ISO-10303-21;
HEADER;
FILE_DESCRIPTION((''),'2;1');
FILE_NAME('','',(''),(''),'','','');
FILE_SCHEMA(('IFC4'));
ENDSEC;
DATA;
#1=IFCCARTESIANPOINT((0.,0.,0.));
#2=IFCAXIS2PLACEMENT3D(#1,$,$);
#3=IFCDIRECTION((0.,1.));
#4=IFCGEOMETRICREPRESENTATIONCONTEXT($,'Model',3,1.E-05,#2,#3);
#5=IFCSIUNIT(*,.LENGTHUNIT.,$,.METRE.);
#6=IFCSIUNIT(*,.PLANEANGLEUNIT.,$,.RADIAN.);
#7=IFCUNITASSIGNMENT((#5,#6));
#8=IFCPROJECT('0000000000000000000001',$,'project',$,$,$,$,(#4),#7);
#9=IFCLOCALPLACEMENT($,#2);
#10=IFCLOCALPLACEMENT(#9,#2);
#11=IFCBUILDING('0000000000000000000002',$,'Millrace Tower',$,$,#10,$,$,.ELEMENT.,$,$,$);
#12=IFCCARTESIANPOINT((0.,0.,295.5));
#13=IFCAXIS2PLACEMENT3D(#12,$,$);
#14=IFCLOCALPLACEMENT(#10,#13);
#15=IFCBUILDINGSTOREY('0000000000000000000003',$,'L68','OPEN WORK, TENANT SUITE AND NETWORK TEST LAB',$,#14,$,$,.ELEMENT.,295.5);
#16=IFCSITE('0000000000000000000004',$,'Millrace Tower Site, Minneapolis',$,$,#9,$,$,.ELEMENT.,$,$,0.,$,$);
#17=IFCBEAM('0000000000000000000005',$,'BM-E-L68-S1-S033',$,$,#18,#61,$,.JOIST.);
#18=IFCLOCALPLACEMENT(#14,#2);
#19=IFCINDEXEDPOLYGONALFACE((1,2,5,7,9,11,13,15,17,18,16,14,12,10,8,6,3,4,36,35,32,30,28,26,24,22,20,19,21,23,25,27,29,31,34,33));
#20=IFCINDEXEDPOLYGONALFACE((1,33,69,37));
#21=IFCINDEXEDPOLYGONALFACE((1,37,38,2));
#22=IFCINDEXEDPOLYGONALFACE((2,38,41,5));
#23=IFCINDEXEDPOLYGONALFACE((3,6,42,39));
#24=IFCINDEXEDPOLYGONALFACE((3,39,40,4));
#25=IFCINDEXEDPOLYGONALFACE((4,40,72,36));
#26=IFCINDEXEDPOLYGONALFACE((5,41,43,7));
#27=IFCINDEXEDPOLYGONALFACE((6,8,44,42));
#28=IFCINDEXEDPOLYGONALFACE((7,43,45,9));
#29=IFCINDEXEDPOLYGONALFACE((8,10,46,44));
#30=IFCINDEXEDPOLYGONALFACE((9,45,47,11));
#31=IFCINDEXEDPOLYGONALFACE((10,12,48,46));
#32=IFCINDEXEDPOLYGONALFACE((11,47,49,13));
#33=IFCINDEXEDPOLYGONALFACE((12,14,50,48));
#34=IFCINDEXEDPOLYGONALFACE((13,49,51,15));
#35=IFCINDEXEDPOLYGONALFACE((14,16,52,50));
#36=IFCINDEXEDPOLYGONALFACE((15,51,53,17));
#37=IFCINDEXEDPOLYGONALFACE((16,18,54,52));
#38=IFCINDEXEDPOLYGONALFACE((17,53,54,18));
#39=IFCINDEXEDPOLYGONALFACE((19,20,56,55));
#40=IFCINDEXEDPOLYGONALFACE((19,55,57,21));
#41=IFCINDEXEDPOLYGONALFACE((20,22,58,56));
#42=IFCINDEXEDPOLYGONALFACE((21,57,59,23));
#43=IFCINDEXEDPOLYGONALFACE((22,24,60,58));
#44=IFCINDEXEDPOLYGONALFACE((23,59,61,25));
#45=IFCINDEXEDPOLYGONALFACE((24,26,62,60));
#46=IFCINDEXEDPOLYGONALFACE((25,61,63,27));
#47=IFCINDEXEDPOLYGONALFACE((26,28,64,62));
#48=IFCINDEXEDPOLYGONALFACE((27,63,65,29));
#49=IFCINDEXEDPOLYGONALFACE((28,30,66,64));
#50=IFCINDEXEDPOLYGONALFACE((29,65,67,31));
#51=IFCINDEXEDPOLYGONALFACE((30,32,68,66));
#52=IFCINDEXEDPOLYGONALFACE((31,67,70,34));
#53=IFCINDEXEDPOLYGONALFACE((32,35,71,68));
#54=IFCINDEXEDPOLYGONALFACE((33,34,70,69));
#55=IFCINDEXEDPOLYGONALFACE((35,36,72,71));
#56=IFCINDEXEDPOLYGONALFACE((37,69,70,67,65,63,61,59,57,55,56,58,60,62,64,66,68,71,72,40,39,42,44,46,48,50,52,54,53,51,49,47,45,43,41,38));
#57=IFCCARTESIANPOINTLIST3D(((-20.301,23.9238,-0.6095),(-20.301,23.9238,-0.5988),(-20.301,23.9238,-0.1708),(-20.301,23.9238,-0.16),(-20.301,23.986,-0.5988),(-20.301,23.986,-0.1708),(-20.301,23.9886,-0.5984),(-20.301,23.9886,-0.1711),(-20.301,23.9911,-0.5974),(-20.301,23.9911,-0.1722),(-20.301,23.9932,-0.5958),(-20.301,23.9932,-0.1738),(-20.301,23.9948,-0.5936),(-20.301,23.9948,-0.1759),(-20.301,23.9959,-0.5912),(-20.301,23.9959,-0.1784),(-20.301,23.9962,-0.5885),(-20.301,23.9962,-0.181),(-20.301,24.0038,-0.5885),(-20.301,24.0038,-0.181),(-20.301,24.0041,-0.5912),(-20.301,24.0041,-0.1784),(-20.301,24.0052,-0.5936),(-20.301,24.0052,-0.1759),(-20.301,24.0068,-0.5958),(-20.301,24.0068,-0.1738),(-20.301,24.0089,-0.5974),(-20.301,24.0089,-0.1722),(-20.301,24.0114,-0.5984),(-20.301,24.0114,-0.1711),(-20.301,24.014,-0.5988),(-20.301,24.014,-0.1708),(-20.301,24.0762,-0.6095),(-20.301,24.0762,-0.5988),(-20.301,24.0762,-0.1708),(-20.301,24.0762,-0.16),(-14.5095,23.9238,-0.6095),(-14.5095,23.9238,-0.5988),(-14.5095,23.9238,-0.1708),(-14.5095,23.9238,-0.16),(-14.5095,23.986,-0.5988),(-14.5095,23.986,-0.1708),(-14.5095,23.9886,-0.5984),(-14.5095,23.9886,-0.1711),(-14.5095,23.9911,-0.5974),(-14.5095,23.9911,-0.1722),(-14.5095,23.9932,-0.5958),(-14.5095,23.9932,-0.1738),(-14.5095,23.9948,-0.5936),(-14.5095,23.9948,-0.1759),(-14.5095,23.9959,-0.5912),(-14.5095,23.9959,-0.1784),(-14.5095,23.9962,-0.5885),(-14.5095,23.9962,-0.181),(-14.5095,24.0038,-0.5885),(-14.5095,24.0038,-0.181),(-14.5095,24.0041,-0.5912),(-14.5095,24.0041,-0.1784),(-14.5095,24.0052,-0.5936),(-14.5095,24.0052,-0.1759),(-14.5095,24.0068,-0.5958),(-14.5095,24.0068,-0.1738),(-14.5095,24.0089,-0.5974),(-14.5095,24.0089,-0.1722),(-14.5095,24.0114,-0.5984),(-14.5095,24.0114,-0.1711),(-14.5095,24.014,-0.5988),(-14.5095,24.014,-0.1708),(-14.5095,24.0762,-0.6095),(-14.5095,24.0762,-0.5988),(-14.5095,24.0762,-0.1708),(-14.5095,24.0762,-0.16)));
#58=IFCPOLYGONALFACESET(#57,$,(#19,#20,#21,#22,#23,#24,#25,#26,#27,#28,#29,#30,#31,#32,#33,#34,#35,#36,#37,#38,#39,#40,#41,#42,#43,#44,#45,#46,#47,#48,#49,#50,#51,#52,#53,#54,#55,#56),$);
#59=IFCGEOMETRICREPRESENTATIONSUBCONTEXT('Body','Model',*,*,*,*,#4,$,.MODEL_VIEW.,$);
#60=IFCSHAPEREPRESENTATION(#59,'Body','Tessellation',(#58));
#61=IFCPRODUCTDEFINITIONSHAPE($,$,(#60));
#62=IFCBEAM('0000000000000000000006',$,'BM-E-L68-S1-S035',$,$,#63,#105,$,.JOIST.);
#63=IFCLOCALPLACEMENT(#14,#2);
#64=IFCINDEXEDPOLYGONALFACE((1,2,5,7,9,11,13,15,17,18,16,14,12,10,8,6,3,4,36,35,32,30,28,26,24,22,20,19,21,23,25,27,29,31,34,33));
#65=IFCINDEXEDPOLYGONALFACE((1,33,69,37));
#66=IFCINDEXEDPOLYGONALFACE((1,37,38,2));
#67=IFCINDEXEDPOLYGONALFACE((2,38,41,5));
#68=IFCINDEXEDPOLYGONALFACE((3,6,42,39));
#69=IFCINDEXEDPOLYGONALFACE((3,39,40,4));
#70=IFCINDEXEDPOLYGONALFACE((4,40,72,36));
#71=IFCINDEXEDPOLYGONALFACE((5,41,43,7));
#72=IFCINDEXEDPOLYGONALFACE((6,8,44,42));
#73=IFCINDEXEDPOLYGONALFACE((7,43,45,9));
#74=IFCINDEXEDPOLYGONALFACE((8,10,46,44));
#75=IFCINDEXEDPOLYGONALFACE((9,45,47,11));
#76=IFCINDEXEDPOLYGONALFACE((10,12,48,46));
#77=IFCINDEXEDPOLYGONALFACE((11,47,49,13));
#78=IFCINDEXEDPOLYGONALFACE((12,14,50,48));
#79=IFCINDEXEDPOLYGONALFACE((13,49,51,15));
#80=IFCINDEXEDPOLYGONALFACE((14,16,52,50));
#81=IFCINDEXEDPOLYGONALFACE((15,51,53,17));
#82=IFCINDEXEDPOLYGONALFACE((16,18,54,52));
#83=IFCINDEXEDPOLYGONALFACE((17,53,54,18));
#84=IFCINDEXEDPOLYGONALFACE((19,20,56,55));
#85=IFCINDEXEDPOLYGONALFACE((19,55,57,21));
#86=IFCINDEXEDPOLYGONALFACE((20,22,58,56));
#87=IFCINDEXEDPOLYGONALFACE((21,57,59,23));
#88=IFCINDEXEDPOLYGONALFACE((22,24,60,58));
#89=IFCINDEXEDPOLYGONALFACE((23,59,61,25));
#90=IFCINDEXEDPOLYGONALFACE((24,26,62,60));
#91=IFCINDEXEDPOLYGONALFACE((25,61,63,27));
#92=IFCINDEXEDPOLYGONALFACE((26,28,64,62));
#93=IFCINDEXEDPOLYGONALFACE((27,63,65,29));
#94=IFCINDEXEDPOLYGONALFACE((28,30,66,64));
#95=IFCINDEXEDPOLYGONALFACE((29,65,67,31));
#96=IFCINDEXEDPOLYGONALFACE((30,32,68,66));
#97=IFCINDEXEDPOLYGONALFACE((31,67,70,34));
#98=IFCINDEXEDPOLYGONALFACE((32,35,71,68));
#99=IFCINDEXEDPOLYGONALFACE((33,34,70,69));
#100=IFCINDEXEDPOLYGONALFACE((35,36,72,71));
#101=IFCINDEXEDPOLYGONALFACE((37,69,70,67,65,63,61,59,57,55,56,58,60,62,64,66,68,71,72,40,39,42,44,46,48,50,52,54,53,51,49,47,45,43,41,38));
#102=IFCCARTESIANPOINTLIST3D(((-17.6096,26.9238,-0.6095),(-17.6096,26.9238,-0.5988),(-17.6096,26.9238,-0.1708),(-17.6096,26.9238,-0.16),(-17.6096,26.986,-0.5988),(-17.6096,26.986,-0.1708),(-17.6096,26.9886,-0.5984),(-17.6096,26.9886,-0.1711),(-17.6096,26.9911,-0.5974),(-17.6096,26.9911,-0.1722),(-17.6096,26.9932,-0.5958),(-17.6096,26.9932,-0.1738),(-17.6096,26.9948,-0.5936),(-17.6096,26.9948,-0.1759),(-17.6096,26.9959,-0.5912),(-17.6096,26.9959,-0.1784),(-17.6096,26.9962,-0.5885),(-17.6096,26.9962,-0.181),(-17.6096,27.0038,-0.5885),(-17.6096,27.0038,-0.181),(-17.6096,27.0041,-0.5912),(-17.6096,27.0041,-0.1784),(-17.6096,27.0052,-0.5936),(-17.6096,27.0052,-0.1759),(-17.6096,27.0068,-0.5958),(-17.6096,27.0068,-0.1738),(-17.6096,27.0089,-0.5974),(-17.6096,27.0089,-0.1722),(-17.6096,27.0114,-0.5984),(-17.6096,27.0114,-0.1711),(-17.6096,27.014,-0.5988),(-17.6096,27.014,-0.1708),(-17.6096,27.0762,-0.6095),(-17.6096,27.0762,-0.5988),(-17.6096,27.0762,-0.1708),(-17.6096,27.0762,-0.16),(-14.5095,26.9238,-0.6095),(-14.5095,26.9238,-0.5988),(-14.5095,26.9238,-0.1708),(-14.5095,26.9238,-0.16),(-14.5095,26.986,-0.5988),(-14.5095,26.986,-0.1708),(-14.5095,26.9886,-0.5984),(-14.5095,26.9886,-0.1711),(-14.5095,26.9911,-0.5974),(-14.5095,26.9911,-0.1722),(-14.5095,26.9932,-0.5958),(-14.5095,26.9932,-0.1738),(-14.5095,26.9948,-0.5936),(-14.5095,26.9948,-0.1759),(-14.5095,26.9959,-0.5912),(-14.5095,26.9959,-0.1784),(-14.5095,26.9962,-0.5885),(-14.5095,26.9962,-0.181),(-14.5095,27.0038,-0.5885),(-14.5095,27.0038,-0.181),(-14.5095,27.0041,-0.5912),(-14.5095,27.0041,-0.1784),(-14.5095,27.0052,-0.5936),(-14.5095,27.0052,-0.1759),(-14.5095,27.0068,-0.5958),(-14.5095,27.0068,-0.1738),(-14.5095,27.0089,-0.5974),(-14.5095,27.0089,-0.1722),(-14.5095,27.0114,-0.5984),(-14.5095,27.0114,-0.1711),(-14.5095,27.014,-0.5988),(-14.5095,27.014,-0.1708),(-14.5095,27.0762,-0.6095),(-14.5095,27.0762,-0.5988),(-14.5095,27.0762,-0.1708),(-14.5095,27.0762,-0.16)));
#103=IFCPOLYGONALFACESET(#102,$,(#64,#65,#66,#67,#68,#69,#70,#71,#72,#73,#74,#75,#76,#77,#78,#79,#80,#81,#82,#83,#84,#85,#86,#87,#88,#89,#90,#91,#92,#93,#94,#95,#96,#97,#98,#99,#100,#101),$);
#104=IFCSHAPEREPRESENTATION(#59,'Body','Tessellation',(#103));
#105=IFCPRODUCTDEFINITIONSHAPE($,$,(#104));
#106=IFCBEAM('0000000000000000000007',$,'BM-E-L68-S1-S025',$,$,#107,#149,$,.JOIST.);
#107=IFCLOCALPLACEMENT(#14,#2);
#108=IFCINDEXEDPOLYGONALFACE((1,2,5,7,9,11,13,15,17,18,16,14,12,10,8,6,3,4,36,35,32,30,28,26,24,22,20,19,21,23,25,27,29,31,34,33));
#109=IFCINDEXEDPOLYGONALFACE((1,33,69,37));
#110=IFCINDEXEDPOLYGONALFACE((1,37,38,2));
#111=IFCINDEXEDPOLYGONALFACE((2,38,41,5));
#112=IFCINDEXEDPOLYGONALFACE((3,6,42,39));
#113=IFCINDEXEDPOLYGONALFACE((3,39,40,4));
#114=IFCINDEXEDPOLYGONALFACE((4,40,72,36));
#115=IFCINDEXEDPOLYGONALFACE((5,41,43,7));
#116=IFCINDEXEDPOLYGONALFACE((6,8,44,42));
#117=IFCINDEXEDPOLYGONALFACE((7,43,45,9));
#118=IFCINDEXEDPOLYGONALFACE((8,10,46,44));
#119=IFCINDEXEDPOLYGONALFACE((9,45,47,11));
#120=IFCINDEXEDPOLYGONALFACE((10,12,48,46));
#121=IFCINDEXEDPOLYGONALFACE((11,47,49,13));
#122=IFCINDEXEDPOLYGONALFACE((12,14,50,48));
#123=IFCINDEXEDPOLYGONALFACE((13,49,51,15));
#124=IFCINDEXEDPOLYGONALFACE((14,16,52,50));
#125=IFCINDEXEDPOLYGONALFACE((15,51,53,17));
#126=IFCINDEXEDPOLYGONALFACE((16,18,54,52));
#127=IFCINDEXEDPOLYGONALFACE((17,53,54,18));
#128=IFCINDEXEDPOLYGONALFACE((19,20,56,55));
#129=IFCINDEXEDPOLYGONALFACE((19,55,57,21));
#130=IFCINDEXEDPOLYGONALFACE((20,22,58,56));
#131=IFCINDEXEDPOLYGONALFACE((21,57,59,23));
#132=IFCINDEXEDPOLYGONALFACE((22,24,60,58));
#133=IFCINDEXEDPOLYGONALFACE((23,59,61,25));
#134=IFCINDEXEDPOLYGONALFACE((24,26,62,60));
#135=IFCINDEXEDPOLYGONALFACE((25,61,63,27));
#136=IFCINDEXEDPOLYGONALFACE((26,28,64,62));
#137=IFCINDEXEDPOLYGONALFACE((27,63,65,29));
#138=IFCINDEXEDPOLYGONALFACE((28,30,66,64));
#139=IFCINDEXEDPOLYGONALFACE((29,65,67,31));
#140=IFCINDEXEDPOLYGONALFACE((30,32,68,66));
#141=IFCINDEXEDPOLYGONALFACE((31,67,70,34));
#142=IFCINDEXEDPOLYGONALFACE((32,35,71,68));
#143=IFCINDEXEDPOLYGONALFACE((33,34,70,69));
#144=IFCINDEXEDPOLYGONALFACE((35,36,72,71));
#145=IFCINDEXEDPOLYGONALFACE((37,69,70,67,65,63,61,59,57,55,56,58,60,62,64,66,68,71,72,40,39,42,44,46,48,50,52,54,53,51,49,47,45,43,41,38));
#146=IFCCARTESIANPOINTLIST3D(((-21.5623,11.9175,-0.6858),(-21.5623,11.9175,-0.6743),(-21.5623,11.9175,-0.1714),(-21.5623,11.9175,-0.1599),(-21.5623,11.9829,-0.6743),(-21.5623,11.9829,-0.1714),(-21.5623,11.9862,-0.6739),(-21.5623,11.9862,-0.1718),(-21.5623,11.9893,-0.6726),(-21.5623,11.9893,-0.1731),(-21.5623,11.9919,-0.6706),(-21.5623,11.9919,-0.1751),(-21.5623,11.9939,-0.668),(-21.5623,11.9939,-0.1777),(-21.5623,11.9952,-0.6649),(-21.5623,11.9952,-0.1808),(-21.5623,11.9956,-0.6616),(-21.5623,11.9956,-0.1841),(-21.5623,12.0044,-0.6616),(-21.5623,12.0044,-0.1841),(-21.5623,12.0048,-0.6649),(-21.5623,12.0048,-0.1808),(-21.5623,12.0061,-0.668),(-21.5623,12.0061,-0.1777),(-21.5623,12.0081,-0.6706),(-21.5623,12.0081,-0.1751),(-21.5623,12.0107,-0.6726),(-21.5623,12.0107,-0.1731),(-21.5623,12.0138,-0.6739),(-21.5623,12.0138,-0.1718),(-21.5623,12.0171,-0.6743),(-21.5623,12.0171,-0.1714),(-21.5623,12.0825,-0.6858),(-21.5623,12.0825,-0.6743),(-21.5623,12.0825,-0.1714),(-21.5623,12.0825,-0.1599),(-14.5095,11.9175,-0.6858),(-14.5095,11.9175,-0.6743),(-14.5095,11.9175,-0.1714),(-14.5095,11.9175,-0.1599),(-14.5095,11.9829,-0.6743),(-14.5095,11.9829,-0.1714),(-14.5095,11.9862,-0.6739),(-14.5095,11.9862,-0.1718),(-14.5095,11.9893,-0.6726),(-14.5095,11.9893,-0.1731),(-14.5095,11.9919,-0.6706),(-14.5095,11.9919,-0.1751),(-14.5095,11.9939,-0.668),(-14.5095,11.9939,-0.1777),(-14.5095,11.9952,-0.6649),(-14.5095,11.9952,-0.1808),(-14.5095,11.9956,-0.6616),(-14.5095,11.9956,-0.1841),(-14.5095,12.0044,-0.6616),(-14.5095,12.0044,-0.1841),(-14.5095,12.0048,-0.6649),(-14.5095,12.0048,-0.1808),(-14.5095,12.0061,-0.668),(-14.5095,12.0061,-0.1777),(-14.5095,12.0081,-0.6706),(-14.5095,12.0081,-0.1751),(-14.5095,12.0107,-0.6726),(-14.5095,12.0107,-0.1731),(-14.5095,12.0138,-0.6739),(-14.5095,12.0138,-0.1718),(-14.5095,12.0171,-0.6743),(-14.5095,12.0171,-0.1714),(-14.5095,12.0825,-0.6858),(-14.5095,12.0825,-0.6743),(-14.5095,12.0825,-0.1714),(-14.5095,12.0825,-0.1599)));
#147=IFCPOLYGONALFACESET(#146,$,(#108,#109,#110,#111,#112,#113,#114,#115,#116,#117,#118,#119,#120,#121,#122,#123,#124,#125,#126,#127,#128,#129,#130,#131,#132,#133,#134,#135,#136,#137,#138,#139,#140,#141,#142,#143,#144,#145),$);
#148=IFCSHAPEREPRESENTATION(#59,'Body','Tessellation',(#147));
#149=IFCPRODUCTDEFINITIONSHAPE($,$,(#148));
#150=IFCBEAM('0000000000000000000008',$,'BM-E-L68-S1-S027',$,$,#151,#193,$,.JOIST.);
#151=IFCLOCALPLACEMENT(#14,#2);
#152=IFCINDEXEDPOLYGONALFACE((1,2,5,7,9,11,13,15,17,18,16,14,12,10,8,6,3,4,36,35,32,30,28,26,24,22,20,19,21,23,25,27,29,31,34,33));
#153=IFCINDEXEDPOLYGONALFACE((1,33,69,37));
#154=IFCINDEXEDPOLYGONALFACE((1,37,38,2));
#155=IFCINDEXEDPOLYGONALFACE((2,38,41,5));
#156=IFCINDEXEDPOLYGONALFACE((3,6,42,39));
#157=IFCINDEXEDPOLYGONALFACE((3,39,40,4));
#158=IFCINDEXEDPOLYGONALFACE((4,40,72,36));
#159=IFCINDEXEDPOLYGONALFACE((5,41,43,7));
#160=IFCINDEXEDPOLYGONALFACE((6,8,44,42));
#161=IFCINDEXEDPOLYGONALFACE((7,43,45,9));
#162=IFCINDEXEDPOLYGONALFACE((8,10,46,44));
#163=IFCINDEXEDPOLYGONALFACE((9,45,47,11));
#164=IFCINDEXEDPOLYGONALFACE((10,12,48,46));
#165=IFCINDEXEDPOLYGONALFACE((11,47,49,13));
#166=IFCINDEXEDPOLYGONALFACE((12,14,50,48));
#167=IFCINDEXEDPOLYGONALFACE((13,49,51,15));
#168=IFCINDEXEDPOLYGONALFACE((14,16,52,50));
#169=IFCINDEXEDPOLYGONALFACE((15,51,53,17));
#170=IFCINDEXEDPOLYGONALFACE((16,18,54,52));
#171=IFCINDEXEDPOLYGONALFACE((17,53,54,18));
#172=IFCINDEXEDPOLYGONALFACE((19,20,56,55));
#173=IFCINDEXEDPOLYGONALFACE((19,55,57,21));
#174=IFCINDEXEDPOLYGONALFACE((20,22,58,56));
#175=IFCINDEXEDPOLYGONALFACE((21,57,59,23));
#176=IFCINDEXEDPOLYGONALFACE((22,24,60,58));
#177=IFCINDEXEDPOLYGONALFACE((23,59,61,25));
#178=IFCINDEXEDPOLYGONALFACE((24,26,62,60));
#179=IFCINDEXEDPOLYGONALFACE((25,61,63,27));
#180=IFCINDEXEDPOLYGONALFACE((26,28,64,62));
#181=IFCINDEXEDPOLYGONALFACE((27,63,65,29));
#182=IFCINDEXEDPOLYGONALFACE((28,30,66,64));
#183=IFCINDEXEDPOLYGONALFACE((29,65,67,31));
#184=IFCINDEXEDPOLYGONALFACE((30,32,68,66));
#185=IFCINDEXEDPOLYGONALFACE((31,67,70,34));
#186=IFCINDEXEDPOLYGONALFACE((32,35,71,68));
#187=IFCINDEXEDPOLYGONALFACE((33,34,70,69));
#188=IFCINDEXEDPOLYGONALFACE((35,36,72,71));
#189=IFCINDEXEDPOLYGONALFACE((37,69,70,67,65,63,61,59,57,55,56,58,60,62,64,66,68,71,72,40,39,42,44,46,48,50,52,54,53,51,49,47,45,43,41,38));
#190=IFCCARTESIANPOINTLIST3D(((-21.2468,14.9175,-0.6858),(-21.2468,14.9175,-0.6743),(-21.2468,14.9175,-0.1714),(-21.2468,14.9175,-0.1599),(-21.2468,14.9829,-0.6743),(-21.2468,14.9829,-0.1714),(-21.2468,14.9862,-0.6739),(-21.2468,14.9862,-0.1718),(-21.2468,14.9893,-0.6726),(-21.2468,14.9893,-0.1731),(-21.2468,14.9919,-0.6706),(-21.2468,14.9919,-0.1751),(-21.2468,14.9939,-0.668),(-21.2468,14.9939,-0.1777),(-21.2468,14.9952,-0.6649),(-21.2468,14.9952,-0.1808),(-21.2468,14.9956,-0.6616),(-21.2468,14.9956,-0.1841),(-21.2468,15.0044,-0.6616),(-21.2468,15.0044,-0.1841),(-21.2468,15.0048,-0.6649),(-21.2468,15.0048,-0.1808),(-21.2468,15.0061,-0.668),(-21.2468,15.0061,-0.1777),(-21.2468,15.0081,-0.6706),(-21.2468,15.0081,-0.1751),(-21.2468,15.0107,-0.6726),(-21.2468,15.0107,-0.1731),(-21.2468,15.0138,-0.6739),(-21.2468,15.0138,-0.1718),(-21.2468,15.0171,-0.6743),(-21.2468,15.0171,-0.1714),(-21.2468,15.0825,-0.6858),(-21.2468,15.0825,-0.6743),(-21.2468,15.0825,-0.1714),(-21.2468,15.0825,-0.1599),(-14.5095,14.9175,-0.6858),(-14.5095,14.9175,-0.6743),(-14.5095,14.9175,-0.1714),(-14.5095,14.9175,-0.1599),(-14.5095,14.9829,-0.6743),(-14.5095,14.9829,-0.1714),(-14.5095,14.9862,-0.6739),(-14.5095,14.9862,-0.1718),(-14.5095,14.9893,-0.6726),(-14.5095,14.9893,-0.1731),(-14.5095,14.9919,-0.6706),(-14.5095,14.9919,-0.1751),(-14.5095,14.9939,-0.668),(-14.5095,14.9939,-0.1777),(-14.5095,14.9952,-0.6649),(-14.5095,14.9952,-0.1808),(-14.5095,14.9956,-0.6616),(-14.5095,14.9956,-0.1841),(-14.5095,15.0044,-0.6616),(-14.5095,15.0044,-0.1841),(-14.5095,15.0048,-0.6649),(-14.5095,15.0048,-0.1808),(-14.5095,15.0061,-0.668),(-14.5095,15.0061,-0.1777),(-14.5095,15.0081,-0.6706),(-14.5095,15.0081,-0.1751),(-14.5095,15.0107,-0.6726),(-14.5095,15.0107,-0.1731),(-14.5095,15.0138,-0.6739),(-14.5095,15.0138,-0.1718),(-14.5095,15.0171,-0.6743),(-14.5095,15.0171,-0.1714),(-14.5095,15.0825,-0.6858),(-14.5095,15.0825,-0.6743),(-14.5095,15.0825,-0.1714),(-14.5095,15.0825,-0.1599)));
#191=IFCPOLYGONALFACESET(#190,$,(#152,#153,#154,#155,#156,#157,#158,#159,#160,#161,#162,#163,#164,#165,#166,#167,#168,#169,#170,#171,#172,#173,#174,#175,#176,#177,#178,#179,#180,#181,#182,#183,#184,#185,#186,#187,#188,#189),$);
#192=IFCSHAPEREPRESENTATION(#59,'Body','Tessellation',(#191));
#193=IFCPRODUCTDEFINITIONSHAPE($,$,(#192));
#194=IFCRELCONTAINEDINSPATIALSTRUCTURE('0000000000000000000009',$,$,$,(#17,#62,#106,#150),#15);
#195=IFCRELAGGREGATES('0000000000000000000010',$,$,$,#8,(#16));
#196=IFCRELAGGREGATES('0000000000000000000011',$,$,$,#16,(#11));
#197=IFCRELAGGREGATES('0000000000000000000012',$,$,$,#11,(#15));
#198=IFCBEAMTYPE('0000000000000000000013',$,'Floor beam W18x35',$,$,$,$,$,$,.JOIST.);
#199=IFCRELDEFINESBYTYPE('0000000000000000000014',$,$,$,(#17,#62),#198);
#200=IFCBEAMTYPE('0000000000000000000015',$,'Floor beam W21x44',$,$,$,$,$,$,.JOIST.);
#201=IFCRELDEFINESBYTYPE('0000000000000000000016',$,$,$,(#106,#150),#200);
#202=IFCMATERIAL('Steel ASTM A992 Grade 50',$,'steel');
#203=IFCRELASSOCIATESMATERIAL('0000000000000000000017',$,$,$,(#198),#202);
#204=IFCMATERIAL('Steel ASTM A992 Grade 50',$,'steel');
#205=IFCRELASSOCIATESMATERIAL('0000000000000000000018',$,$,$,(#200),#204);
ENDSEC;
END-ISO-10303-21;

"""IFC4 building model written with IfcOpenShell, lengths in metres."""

from ifc_helpers import new_model, si_unit, direction, frame, origin, origin_2d, place, context, subcontext, project, spatial, i_section, extrude, material, material_profile, profile_set, type_object, element, save


model = new_model("IFC4")

# Units and contexts
model_context = context("Model", 3, precision=1e-05, world=origin(), true_north=direction((0.0, 1.0)))
body_context = subcontext(model_context, "Body", "Model", "MODEL_VIEW")
ifc_project = project(units=[si_unit("LENGTHUNIT", "METRE"), si_unit("PLANEANGLEUNIT", "RADIAN")], contexts=[model_context])

# Site, building, storey
site_placement = place(None, origin())
site = spatial("IfcSite", under=ifc_project, at=site_placement, Name="Millrace Tower Site, Minneapolis", CompositionType="ELEMENT", RefElevation=0.0)
building_placement = place(site_placement, origin())
building = spatial("IfcBuilding", under=site, at=building_placement, Name="Millrace Tower", CompositionType="ELEMENT")
storey_placement = place(building_placement, frame((0.0, 0.0, 295.5)))
storey = spatial("IfcBuildingStorey", under=building, at=storey_placement, Name="L68", Description="OPEN WORK, TENANT SUITE AND NETWORK TEST LAB", CompositionType="ELEMENT", Elevation=295.5)

# Beams
ifc_material_1 = material(Name="Steel ASTM A992 Grade 50", Category="steel")
ifc_material_profile_1 = material_profile(ifc_material_1, i_section(OverallWidth=0.1523, OverallDepth=0.4495, WebThickness=0.0076, FlangeThickness=0.0107, FilletRadius=0.0103, at=origin_2d()))
ifc_profile_set_1 = profile_set([ifc_material_profile_1], Name="Steel ASTM A992 Grade 50")
beam_type_1 = type_object("IfcBeamType", Name="Floor beam W18x35", PredefinedType="JOIST", material=ifc_profile_set_1)
beam_1_placement = place(storey_placement, frame((-20.301, 24.0, -0.3848), z_axis=(1.0, 0.0, 0.0), x_axis=(0.0, 1.0, 0.0)))
element("IfcBeam", 1, at=beam_1_placement, inside=storey, type_object=beam_type_1, Name="BM-E-L68-S1-S033", PredefinedType="JOIST", context=body_context, shape_type="SweptSolid", body=[
    extrude(i_section(OverallWidth=0.1523, OverallDepth=0.4495, WebThickness=0.0076, FlangeThickness=0.0107, FilletRadius=0.0103, at=origin_2d()), origin(), (0.0, 0.0, 1.0), 5.7915),
])
beam_2_placement = place(storey_placement, frame((-17.6096, 27.0, -0.3848), z_axis=(1.0, 0.0, 0.0), x_axis=(0.0, 1.0, 0.0)))
element("IfcBeam", 2, at=beam_2_placement, inside=storey, type_object=beam_type_1, Name="BM-E-L68-S1-S035", PredefinedType="JOIST", context=body_context, shape_type="SweptSolid", body=[
    extrude(i_section(OverallWidth=0.1523, OverallDepth=0.4495, WebThickness=0.0076, FlangeThickness=0.0107, FilletRadius=0.0103, at=origin_2d()), origin(), (0.0, 0.0, 1.0), 3.1001),
])
ifc_material_2 = material(Name="Steel ASTM A992 Grade 50", Category="steel")
ifc_material_profile_2 = material_profile(ifc_material_2, i_section(OverallWidth=0.165, OverallDepth=0.5259, WebThickness=0.0088, FlangeThickness=0.0115, FilletRadius=0.0127, at=origin_2d()))
ifc_profile_set_2 = profile_set([ifc_material_profile_2], Name="Steel ASTM A992 Grade 50")
beam_type_2 = type_object("IfcBeamType", Name="Floor beam W21x44", PredefinedType="JOIST", material=ifc_profile_set_2)
beam_3_placement = place(storey_placement, frame((-21.5623, 12.0, -0.4229), z_axis=(1.0, 0.0, 0.0), x_axis=(0.0, 1.0, 0.0)))
element("IfcBeam", 3, at=beam_3_placement, inside=storey, type_object=beam_type_2, Name="BM-E-L68-S1-S025", PredefinedType="JOIST", context=body_context, shape_type="SweptSolid", body=[
    extrude(i_section(OverallWidth=0.165, OverallDepth=0.5259, WebThickness=0.0088, FlangeThickness=0.0115, FilletRadius=0.0127, at=origin_2d()), origin(), (0.0, 0.0, 1.0), 7.0527),
])
beam_4_placement = place(storey_placement, frame((-21.2468, 15.0, -0.4229), z_axis=(1.0, 0.0, 0.0), x_axis=(0.0, 1.0, 0.0)))
element("IfcBeam", 4, at=beam_4_placement, inside=storey, type_object=beam_type_2, Name="BM-E-L68-S1-S027", PredefinedType="JOIST", context=body_context, shape_type="SweptSolid", body=[
    extrude(i_section(OverallWidth=0.165, OverallDepth=0.5259, WebThickness=0.0088, FlangeThickness=0.0115, FilletRadius=0.0127, at=origin_2d()), origin(), (0.0, 0.0, 1.0), 6.7373),
])

save(model, "model.ifc")
